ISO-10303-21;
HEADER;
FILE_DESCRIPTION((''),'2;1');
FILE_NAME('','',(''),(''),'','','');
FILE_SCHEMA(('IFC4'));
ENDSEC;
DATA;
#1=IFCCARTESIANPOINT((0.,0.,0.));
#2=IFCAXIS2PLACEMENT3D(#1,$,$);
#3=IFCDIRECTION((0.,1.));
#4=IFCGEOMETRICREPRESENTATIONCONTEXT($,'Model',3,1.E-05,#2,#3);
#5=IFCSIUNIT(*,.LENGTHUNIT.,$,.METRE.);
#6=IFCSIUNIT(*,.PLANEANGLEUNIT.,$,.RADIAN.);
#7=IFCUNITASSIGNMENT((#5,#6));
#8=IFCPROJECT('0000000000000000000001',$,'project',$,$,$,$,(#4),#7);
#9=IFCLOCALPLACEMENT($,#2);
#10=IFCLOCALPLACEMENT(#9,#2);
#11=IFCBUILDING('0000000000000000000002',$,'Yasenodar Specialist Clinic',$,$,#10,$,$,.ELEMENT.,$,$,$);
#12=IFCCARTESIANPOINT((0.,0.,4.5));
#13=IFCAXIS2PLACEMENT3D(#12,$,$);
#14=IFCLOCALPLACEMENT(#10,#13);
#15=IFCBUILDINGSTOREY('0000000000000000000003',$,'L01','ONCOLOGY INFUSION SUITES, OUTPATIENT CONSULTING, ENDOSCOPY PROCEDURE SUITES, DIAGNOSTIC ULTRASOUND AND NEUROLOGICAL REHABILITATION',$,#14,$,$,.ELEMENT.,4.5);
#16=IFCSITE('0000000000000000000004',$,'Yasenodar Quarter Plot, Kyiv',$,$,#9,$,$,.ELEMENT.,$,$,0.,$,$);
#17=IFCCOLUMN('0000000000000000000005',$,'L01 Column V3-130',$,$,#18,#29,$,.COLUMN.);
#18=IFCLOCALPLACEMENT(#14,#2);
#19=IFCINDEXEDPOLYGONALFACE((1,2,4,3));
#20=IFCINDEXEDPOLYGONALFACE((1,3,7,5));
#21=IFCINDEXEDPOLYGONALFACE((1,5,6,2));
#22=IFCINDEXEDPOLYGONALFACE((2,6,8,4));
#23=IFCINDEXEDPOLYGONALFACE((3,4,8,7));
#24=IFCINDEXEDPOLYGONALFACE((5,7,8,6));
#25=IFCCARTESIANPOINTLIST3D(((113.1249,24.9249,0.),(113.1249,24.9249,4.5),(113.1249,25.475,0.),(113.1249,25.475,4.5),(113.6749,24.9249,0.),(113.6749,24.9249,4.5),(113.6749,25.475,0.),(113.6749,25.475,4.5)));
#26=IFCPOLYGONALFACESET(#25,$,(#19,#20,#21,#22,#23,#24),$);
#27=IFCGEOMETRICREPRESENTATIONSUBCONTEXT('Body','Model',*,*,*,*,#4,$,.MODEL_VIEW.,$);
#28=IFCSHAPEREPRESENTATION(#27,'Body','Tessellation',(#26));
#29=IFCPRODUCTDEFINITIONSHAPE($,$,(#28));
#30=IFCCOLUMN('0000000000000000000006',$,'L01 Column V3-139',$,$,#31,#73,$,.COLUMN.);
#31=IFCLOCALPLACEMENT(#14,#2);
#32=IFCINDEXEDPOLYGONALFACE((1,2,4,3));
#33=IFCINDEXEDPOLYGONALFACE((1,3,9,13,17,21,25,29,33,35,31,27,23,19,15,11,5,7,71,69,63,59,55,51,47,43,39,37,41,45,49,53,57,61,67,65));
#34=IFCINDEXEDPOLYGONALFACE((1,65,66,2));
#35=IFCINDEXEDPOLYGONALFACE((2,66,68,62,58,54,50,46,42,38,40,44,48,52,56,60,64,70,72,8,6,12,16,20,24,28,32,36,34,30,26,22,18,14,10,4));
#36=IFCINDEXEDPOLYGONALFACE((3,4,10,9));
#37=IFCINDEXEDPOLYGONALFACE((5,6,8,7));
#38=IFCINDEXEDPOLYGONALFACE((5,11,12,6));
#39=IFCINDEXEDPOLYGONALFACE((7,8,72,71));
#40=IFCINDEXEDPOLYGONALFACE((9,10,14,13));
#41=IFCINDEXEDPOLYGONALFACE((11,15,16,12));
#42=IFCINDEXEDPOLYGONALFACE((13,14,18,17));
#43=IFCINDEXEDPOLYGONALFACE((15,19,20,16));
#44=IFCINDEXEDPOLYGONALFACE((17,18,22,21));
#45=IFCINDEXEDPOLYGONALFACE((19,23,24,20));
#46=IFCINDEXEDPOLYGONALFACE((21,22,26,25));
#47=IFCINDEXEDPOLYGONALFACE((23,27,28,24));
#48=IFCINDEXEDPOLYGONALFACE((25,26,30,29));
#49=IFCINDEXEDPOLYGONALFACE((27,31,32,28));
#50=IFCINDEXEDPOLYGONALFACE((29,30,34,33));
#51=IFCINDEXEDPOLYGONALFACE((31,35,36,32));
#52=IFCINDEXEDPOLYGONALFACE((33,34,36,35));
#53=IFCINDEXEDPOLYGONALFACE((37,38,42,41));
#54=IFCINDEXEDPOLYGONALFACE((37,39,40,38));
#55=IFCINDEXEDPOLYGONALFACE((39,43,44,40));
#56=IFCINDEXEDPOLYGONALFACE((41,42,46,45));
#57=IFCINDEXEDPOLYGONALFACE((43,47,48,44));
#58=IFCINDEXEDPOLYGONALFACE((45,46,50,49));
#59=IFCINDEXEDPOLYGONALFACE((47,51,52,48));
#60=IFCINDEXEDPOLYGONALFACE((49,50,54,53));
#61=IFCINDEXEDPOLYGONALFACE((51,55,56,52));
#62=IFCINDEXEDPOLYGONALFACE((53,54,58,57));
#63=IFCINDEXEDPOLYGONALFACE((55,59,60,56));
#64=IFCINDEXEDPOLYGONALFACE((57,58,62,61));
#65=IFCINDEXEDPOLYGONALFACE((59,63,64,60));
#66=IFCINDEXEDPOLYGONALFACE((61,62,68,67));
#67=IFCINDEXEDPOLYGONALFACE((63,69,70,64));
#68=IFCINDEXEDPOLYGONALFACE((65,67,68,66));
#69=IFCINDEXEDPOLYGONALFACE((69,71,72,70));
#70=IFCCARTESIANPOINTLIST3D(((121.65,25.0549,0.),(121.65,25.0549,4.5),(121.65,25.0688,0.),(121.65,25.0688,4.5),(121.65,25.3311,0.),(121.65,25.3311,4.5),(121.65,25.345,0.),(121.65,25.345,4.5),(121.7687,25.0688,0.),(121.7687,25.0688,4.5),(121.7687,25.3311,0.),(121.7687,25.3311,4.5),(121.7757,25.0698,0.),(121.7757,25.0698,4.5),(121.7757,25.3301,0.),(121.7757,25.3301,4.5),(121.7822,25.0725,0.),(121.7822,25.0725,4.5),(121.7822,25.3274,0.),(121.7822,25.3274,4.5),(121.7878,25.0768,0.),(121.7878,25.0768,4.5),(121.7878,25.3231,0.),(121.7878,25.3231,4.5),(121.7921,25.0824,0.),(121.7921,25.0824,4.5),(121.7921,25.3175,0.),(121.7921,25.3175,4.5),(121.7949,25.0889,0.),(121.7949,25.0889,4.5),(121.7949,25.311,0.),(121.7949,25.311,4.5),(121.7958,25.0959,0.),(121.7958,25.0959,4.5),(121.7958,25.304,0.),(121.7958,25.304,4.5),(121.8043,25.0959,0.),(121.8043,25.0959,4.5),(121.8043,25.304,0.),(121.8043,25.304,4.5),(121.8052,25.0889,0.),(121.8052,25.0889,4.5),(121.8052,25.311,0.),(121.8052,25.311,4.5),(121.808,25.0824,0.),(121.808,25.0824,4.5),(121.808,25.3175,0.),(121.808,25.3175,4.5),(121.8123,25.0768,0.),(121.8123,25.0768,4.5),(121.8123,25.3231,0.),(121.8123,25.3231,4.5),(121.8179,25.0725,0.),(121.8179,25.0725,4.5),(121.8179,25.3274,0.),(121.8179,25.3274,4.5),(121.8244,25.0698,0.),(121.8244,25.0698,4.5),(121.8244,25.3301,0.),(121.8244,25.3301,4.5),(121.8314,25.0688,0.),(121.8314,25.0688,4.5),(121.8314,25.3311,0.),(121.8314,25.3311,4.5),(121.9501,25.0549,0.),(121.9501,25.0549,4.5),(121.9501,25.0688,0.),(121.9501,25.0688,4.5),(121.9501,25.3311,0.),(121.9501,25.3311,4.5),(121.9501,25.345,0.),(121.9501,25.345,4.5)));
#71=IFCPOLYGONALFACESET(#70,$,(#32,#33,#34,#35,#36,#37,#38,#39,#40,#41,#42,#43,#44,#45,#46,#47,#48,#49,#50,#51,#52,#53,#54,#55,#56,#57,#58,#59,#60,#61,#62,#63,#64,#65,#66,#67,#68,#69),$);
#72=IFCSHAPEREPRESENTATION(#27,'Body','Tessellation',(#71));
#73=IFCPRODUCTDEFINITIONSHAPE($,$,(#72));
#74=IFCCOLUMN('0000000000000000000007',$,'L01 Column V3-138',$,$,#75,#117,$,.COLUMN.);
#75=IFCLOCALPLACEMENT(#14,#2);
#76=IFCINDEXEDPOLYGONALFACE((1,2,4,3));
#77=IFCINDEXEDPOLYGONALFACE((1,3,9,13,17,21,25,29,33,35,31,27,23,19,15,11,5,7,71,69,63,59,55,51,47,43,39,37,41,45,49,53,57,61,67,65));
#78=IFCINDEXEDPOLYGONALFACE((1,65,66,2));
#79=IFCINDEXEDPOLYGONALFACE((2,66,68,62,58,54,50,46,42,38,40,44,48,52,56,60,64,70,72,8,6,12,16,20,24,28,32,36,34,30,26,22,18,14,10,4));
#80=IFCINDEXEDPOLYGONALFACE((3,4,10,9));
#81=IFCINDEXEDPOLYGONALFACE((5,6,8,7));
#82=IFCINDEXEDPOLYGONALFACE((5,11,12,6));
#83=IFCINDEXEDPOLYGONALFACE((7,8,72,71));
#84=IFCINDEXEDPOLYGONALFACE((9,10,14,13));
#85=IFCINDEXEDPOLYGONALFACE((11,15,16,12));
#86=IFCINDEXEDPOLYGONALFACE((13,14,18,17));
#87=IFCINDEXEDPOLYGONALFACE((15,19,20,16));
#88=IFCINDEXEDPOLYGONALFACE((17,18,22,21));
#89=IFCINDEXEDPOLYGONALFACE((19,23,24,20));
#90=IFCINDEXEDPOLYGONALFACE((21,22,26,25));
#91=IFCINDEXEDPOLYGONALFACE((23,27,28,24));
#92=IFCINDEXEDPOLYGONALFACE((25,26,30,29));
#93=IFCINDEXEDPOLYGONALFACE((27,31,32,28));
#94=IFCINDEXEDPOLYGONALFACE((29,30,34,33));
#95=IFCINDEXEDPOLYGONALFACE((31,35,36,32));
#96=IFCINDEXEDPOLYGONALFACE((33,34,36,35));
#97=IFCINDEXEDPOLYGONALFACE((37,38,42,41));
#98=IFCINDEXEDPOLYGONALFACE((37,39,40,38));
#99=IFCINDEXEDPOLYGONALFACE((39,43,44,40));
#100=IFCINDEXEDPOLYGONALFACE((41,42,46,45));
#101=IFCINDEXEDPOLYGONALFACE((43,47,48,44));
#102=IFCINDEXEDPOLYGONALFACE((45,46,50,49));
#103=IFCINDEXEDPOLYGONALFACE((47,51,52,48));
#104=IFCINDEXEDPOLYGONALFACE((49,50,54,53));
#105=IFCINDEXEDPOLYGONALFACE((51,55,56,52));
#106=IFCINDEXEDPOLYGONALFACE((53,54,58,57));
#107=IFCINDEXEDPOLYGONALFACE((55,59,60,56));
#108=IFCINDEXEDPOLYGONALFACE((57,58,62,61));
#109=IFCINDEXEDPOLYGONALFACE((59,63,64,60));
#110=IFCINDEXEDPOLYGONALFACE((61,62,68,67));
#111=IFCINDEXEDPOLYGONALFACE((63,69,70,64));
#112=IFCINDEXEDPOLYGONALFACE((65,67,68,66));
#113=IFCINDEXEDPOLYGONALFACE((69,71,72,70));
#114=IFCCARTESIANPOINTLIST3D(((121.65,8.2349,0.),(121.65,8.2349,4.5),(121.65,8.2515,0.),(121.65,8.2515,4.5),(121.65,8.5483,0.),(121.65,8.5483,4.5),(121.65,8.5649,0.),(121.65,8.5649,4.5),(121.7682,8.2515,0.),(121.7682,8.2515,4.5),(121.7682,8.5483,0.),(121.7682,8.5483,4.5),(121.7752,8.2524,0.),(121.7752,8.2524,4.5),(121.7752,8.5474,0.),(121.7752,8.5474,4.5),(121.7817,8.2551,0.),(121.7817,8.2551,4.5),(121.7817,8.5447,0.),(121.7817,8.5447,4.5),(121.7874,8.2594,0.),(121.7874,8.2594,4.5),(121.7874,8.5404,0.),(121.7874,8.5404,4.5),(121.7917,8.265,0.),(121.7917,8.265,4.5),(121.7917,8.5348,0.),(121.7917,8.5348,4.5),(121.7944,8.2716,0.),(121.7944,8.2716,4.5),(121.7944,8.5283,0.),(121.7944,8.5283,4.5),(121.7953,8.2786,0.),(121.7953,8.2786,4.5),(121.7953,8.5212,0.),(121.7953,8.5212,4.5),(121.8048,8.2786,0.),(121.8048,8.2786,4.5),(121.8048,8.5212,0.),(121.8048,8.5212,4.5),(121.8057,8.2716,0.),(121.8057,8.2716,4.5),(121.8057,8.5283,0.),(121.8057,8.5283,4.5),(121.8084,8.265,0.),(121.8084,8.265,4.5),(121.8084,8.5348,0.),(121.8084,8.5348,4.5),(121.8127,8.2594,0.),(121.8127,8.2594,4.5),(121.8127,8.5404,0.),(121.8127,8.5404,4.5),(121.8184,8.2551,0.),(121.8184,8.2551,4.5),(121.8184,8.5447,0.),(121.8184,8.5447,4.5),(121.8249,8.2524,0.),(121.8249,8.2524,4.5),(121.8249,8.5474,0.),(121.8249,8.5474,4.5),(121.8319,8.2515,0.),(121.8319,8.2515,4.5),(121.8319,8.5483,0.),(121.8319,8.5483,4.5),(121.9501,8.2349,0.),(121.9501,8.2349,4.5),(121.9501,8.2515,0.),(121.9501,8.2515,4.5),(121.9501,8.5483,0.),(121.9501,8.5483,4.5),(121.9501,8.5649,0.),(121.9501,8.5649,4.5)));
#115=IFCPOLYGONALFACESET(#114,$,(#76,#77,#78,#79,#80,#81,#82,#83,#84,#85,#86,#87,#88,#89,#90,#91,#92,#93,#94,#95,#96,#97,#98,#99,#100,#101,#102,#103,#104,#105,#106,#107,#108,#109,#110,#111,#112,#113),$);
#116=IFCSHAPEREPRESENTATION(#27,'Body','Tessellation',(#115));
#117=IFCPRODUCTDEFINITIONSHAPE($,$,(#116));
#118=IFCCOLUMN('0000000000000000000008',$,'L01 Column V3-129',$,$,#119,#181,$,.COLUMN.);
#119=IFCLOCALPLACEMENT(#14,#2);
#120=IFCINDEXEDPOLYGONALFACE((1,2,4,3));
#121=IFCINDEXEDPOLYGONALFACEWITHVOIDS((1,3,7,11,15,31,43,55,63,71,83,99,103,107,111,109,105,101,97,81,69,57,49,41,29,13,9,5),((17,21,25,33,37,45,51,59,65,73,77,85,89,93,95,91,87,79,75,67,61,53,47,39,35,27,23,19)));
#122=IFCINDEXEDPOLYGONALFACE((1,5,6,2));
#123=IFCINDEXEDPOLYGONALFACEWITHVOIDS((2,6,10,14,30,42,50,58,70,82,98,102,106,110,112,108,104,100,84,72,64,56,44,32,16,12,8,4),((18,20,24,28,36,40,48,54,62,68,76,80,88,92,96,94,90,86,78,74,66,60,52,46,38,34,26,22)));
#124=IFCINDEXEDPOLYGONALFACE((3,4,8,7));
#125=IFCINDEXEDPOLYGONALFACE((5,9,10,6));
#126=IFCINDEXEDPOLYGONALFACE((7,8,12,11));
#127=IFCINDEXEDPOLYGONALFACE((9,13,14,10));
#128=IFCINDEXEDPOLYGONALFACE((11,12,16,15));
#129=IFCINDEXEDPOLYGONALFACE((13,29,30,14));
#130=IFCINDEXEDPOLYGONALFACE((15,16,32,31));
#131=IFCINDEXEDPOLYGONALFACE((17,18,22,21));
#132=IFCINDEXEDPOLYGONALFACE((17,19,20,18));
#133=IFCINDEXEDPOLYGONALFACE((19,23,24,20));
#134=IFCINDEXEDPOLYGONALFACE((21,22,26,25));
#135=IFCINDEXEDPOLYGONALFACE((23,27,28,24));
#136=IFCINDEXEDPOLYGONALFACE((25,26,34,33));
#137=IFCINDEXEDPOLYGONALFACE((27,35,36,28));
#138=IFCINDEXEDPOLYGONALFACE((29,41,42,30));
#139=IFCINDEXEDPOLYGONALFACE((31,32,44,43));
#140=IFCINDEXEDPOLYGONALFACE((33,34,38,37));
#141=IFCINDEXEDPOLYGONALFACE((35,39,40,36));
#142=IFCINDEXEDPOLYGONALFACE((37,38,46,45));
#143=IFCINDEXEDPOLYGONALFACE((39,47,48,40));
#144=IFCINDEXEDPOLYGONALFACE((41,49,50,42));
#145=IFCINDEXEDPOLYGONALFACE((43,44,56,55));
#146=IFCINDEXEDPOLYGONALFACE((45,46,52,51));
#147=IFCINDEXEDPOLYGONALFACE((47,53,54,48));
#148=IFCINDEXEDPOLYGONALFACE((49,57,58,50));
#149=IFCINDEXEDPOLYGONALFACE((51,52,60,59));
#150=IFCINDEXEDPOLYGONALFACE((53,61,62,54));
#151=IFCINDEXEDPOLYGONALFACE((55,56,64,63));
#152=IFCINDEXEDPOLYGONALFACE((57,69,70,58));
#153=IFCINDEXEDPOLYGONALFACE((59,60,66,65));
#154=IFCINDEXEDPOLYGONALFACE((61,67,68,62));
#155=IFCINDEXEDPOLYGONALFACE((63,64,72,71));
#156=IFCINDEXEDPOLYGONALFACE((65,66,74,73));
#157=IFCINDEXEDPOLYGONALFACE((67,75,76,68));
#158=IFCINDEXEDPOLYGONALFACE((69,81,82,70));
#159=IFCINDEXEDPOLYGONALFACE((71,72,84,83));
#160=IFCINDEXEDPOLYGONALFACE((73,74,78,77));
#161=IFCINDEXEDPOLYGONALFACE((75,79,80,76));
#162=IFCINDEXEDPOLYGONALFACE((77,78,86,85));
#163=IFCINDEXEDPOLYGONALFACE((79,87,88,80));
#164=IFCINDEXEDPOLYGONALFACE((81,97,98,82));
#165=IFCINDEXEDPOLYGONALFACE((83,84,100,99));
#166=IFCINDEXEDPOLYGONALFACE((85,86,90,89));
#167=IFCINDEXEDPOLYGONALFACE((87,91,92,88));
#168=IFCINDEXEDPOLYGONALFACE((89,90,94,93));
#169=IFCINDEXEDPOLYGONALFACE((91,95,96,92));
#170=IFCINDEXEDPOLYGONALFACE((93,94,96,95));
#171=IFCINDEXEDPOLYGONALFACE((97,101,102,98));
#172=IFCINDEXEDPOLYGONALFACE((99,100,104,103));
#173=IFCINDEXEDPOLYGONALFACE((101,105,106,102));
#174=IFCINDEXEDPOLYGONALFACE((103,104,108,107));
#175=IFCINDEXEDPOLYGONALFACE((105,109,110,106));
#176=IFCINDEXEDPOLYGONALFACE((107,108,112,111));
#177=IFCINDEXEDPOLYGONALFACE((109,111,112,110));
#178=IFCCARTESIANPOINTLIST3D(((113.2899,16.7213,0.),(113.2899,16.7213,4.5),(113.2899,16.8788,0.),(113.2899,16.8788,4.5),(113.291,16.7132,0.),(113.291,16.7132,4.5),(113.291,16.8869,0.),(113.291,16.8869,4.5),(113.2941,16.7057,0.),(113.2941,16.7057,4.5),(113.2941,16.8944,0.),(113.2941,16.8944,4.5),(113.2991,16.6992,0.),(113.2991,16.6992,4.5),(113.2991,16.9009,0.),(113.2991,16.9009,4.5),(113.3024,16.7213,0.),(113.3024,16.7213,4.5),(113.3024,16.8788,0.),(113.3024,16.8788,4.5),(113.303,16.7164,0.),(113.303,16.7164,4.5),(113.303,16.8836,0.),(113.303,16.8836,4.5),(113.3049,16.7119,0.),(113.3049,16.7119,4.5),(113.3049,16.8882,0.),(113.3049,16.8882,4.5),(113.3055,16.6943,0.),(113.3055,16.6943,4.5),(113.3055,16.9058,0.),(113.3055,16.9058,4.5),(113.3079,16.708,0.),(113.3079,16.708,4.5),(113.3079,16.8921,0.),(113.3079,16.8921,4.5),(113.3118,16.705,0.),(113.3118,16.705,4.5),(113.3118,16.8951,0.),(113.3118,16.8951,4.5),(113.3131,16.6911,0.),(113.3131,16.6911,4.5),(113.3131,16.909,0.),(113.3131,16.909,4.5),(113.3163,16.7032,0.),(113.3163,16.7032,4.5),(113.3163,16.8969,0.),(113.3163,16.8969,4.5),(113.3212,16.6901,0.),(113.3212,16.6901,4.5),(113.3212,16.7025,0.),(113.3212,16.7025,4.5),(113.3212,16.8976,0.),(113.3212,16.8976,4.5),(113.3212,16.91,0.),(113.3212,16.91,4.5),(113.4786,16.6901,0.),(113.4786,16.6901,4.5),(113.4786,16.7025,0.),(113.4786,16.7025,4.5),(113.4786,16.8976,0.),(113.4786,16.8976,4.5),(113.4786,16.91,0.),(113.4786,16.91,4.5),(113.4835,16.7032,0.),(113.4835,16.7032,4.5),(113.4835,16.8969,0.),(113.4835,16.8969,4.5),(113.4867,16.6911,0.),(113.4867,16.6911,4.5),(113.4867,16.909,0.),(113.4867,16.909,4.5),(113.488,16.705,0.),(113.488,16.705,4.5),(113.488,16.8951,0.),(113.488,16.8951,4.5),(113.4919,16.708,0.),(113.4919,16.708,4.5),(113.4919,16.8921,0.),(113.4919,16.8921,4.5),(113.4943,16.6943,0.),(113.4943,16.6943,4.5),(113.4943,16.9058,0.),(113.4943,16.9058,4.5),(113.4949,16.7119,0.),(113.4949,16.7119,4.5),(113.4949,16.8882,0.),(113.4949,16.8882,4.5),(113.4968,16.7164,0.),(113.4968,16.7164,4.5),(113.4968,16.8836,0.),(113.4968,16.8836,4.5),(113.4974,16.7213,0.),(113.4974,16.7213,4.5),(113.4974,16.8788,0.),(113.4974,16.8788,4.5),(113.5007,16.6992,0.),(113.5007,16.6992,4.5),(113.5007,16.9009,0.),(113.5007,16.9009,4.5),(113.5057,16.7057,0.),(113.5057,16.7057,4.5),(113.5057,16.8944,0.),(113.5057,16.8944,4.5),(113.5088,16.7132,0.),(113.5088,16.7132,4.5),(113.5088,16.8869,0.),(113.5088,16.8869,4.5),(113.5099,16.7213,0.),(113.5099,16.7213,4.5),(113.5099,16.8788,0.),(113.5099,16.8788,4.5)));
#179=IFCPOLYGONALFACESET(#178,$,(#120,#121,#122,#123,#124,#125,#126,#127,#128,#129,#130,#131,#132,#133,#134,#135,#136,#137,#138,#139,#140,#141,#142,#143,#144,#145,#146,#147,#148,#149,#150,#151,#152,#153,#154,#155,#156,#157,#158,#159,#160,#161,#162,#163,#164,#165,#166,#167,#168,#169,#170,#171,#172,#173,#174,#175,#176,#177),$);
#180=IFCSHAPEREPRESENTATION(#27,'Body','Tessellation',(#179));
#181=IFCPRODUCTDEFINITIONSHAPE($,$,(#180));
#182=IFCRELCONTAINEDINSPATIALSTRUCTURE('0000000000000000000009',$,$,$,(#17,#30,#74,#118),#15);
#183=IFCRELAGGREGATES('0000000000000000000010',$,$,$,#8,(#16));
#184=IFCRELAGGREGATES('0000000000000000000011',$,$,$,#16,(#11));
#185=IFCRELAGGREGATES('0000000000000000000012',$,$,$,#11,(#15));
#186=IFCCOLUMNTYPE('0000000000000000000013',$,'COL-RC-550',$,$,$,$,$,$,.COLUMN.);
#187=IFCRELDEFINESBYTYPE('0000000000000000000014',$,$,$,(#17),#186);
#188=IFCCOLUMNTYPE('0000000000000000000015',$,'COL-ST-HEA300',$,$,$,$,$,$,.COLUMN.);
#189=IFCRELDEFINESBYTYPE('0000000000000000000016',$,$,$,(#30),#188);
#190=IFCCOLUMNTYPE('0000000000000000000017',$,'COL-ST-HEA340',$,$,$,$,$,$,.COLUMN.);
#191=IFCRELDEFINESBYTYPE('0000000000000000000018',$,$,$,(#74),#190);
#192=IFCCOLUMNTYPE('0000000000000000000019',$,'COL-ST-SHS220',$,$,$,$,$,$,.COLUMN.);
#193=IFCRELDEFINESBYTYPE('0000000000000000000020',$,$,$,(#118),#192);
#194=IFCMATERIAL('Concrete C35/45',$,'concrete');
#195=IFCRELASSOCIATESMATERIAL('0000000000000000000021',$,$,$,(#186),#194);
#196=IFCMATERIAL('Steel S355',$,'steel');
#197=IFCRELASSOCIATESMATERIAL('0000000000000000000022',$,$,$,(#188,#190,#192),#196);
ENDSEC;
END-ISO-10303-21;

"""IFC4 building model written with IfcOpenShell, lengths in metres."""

from ifc_helpers import new_model, si_unit, direction, frame, origin, origin_2d, place, context, subcontext, project, spatial, rectangle, hollow_rectangle, i_section, extrude, material, material_profile, profile_set, type_object, element, save


model = new_model("IFC4")

# Units and contexts
model_context = context("Model", 3, precision=1e-05, world=origin(), true_north=direction((0.0, 1.0)))
body_context = subcontext(model_context, "Body", "Model", "MODEL_VIEW")
ifc_project = project(units=[si_unit("LENGTHUNIT", "METRE"), si_unit("PLANEANGLEUNIT", "RADIAN")], contexts=[model_context])

# Site, building, storey
site_placement = place(None, origin())
site = spatial("IfcSite", under=ifc_project, at=site_placement, Name="Yasenodar Quarter Plot, Kyiv", CompositionType="ELEMENT", RefElevation=0.0)
building_placement = place(site_placement, origin())
building = spatial("IfcBuilding", under=site, at=building_placement, Name="Yasenodar Specialist Clinic", CompositionType="ELEMENT")
storey_placement = place(building_placement, frame((0.0, 0.0, 4.5)))
storey = spatial("IfcBuildingStorey", under=building, at=storey_placement, Name="L01", Description="ONCOLOGY INFUSION SUITES, OUTPATIENT CONSULTING, ENDOSCOPY PROCEDURE SUITES, DIAGNOSTIC ULTRASOUND AND NEUROLOGICAL REHABILITATION", CompositionType="ELEMENT", Elevation=4.5)

# Columns
ifc_material_1 = material(Name="Concrete C35/45", Category="concrete")
ifc_material_profile_1 = material_profile(ifc_material_1, rectangle(XDim=0.55, YDim=0.55, at=origin_2d()), Name="RC 550x550")
ifc_profile_set_1 = profile_set([ifc_material_profile_1], Name="Concrete C35/45")
column_type_1 = type_object("IfcColumnType", Name="COL-RC-550", PredefinedType="COLUMN", material=ifc_profile_set_1)
column_1_placement = place(storey_placement, frame((113.3999, 25.2, 0.0), z_axis=(0.0, 0.0, 1.0), x_axis=(1.0, 0.0, 0.0)))
element("IfcColumn", 1, at=column_1_placement, inside=storey, type_object=column_type_1, Name="L01 Column V3-130", PredefinedType="COLUMN", context=body_context, shape_type="SweptSolid", body=[
    extrude(rectangle(XDim=0.55, YDim=0.55, at=origin_2d()), origin(), (0.0, 0.0, 1.0), 4.5),
])
ifc_material_2 = material(Name="Steel S355", Category="steel")
ifc_material_profile_2 = material_profile(ifc_material_2, i_section(OverallWidth=0.3, OverallDepth=0.29, WebThickness=0.0085, FlangeThickness=0.0139, FilletRadius=0.0271, at=origin_2d()), Name="HEA 300")
ifc_profile_set_2 = profile_set([ifc_material_profile_2], Name="Steel S355")
column_type_2 = type_object("IfcColumnType", Name="COL-ST-HEA300", PredefinedType="COLUMN", material=ifc_profile_set_2)
column_2_placement = place(storey_placement, frame((121.8, 25.2, 0.0), z_axis=(0.0, 0.0, 1.0), x_axis=(1.0, 0.0, 0.0)))
element("IfcColumn", 2, at=column_2_placement, inside=storey, type_object=column_type_2, Name="L01 Column V3-139", PredefinedType="COLUMN", context=body_context, shape_type="SweptSolid", body=[
    extrude(i_section(OverallWidth=0.3, OverallDepth=0.29, WebThickness=0.0085, FlangeThickness=0.0139, FilletRadius=0.0271, at=origin_2d()), origin(), (0.0, 0.0, 1.0), 4.5),
])
ifc_material_profile_3 = material_profile(ifc_material_2, i_section(OverallWidth=0.3, OverallDepth=0.3301, WebThickness=0.0095, FlangeThickness=0.0166, FilletRadius=0.0271, at=origin_2d()), Name="HEA 340")
ifc_profile_set_3 = profile_set([ifc_material_profile_3], Name="Steel S355")
column_type_3 = type_object("IfcColumnType", Name="COL-ST-HEA340", PredefinedType="COLUMN", material=ifc_profile_set_3)
column_3_placement = place(storey_placement, frame((121.8, 8.3999, 0.0), z_axis=(0.0, 0.0, 1.0), x_axis=(1.0, 0.0, 0.0)))
element("IfcColumn", 3, at=column_3_placement, inside=storey, type_object=column_type_3, Name="L01 Column V3-138", PredefinedType="COLUMN", context=body_context, shape_type="SweptSolid", body=[
    extrude(i_section(OverallWidth=0.3, OverallDepth=0.3301, WebThickness=0.0095, FlangeThickness=0.0166, FilletRadius=0.0271, at=origin_2d()), origin(), (0.0, 0.0, 1.0), 4.5),
])
ifc_material_profile_4 = material_profile(ifc_material_2, hollow_rectangle(XDim=0.22, YDim=0.22, WallThickness=0.0125, InnerFilletRadius=0.0188, OuterFilletRadius=0.0312, at=origin_2d()), Name="SHS 220x220x12.5")
ifc_profile_set_4 = profile_set([ifc_material_profile_4], Name="Steel S355")
column_type_4 = type_object("IfcColumnType", Name="COL-ST-SHS220", PredefinedType="COLUMN", material=ifc_profile_set_4)
column_4_placement = place(storey_placement, frame((113.3999, 16.8, 0.0), z_axis=(0.0, 0.0, 1.0), x_axis=(1.0, 0.0, 0.0)))
element("IfcColumn", 4, at=column_4_placement, inside=storey, type_object=column_type_4, Name="L01 Column V3-129", PredefinedType="COLUMN", context=body_context, shape_type="SweptSolid", body=[
    extrude(hollow_rectangle(XDim=0.22, YDim=0.22, WallThickness=0.0125, InnerFilletRadius=0.0188, OuterFilletRadius=0.0312, at=origin_2d()), origin(), (0.0, 0.0, 1.0), 4.5),
])

save(model, "model.ifc")
